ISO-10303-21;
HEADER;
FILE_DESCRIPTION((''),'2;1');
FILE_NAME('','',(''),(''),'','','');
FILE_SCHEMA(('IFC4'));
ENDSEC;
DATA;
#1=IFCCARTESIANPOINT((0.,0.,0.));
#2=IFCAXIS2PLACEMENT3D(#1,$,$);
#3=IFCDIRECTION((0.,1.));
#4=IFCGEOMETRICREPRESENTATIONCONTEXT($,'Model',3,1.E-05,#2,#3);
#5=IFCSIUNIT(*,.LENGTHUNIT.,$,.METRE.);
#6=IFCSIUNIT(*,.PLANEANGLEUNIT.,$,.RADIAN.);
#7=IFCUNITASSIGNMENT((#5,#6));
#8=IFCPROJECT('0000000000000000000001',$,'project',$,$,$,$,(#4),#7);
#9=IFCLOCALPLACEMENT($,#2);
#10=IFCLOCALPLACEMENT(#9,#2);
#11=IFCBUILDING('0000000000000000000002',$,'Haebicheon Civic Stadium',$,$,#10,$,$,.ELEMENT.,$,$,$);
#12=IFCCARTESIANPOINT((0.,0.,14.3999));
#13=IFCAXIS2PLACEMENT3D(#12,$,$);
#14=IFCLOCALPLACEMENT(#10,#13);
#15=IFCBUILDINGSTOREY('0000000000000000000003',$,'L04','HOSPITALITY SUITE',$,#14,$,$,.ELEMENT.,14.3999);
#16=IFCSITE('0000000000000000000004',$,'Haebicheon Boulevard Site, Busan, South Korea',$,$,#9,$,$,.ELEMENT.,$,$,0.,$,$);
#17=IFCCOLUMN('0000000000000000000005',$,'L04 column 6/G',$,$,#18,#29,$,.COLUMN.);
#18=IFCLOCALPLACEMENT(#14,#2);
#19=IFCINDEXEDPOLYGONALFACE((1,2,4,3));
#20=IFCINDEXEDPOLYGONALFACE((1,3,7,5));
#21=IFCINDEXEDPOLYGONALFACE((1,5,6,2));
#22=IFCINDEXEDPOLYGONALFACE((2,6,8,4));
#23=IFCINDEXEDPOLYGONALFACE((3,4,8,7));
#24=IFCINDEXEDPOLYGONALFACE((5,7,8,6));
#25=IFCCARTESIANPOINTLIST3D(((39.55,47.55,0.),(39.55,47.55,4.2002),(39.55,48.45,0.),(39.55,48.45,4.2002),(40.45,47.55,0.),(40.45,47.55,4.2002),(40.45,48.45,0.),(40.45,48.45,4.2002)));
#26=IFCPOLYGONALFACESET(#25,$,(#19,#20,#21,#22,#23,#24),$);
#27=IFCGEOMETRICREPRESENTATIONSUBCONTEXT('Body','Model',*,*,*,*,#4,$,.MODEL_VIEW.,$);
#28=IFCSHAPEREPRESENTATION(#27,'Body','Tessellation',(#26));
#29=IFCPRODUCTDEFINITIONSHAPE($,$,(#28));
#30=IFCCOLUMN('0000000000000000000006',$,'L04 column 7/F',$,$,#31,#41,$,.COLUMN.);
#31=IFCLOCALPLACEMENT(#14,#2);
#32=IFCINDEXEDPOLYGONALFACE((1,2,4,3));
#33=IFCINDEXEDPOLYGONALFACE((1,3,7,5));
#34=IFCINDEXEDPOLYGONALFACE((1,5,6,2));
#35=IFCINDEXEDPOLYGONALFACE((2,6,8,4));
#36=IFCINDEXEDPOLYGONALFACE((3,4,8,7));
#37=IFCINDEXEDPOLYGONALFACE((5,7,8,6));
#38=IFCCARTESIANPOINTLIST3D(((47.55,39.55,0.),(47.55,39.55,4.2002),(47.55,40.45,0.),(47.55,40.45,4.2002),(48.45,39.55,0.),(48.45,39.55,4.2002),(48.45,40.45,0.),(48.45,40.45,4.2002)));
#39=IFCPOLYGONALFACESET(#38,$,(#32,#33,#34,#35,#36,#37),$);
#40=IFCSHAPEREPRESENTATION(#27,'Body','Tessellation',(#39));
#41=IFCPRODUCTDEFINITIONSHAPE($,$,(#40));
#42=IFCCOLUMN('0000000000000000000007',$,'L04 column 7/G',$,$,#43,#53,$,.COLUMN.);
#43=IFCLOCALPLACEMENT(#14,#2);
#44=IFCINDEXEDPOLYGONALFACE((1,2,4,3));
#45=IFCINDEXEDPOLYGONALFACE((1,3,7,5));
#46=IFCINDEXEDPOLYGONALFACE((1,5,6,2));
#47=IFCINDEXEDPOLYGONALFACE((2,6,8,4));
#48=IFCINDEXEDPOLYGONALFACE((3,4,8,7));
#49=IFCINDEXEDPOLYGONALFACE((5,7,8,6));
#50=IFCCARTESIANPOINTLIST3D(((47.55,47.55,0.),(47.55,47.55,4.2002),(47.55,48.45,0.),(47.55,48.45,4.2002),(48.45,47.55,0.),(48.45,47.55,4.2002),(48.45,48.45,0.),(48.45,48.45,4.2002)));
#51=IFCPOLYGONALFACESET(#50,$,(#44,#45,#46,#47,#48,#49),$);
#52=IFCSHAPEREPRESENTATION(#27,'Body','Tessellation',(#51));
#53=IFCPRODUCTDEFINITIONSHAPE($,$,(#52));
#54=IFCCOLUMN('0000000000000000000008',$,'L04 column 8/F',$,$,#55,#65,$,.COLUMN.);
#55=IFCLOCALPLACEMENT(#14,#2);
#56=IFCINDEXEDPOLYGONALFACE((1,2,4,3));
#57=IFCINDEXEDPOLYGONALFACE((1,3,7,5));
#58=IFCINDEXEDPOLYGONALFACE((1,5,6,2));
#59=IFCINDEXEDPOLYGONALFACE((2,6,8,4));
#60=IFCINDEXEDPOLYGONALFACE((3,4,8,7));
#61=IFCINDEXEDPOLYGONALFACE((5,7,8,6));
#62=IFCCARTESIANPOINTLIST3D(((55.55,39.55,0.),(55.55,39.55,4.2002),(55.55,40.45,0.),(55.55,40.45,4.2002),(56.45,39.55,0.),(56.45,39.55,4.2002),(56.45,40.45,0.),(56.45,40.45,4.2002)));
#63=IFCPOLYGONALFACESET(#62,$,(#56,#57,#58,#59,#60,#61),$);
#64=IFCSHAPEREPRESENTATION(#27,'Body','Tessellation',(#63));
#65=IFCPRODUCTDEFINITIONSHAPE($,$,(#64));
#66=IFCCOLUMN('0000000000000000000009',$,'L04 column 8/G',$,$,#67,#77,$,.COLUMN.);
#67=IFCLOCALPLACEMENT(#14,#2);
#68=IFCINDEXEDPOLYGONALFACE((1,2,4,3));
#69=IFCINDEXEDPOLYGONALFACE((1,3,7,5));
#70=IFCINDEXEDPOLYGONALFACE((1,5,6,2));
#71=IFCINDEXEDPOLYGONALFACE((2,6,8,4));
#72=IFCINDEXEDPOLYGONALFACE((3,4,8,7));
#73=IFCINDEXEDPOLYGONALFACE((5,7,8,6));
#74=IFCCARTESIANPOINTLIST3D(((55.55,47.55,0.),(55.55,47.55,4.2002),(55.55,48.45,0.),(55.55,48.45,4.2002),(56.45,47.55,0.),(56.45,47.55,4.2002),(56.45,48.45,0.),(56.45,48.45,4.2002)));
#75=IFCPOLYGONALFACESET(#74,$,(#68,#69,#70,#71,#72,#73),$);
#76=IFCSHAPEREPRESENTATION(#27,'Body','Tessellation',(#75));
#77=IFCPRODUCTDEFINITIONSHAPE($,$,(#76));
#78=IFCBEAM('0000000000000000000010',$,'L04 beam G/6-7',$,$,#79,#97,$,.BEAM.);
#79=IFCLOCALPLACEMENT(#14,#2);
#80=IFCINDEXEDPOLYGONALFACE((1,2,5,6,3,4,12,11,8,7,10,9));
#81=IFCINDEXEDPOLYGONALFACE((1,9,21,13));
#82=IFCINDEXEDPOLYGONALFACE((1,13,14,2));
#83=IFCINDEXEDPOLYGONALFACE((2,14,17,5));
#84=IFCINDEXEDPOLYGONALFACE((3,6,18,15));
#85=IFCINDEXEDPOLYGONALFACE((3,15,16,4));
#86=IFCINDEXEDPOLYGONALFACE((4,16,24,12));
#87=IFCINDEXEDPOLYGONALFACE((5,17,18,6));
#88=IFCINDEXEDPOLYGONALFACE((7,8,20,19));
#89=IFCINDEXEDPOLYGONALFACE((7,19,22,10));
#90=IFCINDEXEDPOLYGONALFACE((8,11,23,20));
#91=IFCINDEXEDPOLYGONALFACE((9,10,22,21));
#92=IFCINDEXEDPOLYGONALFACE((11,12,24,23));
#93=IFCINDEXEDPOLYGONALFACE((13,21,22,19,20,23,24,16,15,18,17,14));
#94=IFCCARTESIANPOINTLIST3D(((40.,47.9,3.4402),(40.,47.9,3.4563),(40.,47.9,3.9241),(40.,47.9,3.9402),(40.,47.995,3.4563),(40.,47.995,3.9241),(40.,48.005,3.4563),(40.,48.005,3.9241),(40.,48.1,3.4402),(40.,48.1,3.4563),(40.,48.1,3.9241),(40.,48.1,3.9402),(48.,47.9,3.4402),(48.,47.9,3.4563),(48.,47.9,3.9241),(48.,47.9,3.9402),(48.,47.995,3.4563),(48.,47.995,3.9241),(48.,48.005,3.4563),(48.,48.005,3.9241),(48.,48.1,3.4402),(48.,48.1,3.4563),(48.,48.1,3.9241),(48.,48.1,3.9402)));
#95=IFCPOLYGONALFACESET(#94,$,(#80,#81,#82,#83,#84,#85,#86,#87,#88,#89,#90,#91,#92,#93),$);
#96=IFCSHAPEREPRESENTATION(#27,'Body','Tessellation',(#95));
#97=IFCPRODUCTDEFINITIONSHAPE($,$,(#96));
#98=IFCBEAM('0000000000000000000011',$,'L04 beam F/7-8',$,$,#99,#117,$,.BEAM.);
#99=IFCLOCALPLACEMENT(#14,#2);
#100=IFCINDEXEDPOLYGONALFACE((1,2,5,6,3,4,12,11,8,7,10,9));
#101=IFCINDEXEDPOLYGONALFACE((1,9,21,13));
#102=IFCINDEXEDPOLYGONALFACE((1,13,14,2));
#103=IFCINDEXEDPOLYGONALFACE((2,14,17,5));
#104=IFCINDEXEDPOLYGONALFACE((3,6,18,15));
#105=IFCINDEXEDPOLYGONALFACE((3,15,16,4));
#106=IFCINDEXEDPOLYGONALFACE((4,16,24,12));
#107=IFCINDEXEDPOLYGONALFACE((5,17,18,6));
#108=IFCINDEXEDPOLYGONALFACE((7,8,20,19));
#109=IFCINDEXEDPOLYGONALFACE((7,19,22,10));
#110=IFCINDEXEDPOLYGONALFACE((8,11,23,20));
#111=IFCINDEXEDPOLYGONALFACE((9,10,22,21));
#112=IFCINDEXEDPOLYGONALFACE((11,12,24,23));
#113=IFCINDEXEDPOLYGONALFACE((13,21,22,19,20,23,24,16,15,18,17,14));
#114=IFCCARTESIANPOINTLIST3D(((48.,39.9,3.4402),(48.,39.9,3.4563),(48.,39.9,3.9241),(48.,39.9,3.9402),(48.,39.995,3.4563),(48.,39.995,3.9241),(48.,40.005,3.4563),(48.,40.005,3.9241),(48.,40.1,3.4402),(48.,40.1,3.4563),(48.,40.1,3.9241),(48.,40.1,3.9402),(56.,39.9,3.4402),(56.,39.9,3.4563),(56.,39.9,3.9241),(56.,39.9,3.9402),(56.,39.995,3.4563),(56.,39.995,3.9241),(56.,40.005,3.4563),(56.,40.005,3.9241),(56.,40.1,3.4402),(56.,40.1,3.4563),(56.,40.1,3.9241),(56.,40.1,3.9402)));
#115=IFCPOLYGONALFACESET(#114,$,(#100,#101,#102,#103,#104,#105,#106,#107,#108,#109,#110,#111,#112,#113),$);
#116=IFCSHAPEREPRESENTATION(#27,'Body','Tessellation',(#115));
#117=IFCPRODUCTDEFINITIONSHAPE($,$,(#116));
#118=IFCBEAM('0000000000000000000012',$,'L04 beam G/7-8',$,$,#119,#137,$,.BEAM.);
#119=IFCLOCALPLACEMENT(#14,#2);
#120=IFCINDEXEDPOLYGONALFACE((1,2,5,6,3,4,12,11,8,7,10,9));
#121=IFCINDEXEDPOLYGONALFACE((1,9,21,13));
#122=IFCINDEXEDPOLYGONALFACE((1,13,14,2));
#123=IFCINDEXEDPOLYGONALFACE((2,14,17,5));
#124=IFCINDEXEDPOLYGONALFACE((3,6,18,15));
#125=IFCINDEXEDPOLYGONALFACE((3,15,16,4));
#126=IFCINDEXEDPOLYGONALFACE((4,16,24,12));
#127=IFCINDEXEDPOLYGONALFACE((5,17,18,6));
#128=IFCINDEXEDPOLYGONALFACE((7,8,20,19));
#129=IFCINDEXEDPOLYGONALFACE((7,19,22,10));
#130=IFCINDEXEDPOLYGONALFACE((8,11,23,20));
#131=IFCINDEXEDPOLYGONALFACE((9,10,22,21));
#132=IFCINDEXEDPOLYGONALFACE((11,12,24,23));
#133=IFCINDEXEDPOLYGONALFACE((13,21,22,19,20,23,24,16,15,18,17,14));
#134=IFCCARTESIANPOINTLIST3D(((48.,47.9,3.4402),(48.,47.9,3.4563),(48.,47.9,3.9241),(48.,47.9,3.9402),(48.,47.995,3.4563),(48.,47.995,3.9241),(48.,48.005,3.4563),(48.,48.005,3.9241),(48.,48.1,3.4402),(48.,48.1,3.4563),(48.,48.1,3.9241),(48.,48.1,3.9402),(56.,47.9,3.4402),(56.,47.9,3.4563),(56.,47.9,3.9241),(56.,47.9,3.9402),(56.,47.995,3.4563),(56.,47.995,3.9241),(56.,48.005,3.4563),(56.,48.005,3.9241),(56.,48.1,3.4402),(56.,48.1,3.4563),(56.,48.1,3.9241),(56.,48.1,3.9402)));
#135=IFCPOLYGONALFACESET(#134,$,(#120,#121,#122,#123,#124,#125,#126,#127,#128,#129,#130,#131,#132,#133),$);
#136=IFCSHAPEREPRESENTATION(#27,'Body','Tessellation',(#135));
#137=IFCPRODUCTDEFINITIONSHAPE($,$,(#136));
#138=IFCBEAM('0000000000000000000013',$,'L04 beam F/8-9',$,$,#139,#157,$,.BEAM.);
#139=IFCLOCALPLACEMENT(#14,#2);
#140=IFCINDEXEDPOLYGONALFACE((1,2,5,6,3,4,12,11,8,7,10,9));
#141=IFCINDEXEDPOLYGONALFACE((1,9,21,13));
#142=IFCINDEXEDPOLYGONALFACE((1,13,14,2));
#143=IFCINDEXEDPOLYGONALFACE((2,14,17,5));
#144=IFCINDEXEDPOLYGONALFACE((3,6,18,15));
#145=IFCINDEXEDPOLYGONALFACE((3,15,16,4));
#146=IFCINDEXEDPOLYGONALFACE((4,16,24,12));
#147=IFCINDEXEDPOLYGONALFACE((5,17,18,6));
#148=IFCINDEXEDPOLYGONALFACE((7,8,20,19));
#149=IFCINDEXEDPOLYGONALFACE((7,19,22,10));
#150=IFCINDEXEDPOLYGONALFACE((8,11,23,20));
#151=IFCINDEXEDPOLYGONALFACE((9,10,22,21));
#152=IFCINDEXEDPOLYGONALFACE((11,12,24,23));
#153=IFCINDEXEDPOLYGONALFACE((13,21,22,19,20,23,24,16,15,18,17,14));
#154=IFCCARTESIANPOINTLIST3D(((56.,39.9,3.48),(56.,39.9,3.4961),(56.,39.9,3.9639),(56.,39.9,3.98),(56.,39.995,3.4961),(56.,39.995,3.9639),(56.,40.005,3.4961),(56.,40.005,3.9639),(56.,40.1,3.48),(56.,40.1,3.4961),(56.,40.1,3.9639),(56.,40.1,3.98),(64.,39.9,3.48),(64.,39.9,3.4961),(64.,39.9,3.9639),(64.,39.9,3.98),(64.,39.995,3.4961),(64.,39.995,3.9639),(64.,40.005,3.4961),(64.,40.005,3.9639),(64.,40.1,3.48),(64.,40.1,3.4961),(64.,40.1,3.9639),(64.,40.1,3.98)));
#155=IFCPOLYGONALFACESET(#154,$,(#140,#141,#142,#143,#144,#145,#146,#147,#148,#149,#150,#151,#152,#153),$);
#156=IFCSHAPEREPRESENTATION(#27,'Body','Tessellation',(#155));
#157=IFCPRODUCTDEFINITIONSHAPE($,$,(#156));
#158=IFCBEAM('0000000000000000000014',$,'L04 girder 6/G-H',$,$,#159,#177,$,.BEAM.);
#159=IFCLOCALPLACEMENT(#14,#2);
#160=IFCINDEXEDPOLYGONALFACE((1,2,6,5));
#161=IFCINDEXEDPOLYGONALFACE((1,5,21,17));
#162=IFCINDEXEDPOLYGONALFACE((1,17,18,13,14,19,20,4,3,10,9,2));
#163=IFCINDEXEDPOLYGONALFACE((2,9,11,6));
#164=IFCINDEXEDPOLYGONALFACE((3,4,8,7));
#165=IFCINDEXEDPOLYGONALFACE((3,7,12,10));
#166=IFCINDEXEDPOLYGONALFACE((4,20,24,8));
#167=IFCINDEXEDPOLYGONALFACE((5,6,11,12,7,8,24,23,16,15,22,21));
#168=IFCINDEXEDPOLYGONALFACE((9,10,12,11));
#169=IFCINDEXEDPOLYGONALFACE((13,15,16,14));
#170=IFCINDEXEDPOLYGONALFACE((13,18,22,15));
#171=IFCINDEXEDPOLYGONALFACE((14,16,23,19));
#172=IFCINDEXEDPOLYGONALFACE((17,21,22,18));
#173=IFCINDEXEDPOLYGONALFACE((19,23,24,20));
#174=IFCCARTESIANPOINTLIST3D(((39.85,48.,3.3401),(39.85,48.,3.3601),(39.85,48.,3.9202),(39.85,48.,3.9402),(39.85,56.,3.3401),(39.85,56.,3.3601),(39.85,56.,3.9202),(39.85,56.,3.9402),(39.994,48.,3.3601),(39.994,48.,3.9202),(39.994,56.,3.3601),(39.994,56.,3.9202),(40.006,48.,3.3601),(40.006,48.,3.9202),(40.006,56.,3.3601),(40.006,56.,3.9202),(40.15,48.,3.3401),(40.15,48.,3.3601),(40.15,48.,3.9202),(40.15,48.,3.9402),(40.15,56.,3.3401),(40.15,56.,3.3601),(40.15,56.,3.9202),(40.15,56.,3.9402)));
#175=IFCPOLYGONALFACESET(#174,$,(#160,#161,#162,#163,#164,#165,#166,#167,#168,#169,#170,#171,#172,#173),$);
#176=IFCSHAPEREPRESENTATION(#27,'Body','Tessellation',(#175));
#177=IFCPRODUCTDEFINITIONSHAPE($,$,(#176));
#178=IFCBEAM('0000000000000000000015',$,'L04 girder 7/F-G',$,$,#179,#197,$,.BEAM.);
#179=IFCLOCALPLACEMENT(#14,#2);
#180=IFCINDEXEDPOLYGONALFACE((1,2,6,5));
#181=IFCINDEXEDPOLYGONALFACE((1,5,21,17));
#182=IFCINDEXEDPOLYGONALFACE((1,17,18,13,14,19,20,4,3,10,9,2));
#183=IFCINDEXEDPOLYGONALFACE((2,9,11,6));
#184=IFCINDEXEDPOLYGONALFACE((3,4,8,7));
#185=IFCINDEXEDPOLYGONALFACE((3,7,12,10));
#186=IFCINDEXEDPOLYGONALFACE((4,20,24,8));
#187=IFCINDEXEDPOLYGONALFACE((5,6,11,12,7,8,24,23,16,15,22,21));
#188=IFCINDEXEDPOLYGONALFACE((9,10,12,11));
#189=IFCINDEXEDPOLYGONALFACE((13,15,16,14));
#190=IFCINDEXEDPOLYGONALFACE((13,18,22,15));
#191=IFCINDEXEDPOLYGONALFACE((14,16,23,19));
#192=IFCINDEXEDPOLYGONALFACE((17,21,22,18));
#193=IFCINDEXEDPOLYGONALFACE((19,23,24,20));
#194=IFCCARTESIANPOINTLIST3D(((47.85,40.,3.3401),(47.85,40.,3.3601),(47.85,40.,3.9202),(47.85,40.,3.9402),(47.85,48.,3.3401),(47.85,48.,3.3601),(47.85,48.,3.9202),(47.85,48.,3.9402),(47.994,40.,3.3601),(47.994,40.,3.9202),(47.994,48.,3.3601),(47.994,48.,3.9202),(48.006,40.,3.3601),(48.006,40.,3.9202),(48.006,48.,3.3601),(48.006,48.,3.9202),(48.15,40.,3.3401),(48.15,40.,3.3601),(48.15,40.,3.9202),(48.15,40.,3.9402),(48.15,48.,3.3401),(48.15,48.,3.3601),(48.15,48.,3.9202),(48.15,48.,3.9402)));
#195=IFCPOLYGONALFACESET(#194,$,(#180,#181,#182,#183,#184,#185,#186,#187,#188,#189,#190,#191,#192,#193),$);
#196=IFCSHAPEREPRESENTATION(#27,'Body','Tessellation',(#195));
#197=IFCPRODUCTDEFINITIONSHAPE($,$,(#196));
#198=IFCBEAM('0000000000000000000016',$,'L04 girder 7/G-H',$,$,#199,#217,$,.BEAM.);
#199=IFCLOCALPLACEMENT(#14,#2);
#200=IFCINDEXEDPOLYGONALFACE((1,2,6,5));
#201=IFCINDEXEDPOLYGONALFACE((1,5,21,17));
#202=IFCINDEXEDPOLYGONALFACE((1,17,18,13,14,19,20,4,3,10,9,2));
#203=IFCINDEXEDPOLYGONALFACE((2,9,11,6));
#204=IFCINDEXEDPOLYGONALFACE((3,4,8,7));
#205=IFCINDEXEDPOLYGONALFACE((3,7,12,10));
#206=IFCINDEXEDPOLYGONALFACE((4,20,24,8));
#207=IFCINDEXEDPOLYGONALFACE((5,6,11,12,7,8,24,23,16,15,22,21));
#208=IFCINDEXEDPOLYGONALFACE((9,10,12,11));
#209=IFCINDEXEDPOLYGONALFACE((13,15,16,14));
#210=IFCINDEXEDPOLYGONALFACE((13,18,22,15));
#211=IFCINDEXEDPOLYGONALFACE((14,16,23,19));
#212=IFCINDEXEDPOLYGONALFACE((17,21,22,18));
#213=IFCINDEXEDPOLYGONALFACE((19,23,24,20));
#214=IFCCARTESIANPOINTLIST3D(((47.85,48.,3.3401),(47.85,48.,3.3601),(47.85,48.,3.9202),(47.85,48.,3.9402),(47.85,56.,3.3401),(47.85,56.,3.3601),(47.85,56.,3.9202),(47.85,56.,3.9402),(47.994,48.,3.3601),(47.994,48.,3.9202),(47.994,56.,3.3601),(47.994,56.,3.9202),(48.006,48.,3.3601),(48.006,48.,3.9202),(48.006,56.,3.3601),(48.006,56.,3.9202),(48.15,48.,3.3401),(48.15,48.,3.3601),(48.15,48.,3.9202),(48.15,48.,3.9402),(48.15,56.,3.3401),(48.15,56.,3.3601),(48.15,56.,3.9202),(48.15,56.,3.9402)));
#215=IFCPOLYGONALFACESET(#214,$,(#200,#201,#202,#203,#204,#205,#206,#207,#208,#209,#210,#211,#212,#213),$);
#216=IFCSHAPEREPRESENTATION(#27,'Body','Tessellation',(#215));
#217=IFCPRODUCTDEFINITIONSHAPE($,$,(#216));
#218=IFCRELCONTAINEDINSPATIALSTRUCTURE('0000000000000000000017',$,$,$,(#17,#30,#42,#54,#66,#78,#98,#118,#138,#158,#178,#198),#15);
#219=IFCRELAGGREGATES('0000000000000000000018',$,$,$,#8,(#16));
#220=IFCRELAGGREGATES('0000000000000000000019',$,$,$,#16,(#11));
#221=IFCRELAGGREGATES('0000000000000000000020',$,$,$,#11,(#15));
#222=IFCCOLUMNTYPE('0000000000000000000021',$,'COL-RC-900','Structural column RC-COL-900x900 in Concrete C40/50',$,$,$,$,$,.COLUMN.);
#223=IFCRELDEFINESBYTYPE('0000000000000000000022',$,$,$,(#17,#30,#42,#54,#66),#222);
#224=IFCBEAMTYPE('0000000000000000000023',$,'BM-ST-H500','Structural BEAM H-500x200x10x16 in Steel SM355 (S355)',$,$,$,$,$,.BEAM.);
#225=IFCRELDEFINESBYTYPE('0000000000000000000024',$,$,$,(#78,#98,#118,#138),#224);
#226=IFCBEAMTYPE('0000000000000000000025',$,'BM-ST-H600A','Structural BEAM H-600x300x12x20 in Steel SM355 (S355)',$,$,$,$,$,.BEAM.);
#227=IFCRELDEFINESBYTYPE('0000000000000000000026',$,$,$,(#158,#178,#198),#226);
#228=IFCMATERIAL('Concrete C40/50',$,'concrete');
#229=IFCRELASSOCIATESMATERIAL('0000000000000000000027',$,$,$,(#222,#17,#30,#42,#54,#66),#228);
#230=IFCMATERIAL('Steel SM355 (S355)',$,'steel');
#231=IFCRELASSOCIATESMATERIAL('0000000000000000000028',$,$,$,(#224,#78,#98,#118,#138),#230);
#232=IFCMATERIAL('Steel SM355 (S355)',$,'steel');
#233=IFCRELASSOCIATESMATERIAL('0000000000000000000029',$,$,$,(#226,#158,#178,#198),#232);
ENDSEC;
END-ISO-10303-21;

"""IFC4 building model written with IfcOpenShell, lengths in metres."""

from ifc_helpers import new_model, si_unit, direction, frame, origin, origin_2d, place, context, subcontext, project, spatial, rectangle, i_section, extrude, material, material_profile, profile_set, type_object, element, save


model = new_model("IFC4")

# Units and contexts
model_context = context("Model", 3, precision=1e-05, world=origin(), true_north=direction((0.0, 1.0)))
body_context = subcontext(model_context, "Body", "Model", "MODEL_VIEW")
ifc_project = project(units=[si_unit("LENGTHUNIT", "METRE"), si_unit("PLANEANGLEUNIT", "RADIAN")], contexts=[model_context])

# Site, building, storey
site_placement = place(None, origin())
site = spatial("IfcSite", under=ifc_project, at=site_placement, Name="Haebicheon Boulevard Site, Busan, South Korea", CompositionType="ELEMENT", RefElevation=0.0)
building_placement = place(site_placement, origin())
building = spatial("IfcBuilding", under=site, at=building_placement, Name="Haebicheon Civic Stadium", CompositionType="ELEMENT")
storey_placement = place(building_placement, frame((0.0, 0.0, 14.3999)))
storey = spatial("IfcBuildingStorey", under=building, at=storey_placement, Name="L04", Description="HOSPITALITY SUITE", CompositionType="ELEMENT", Elevation=14.3999)

# Columns
ifc_material_1 = material(Name="Concrete C40/50", Category="concrete")
ifc_material_profile_1 = material_profile(ifc_material_1, rectangle(XDim=0.8999, YDim=0.8999, at=origin_2d()), Name="RC-COL-900x900")
ifc_profile_set_1 = profile_set([ifc_material_profile_1], Name="Concrete C40/50")
column_type = type_object("IfcColumnType", Name="COL-RC-900", Description="Structural column RC-COL-900x900 in Concrete C40/50", PredefinedType="COLUMN", material=ifc_profile_set_1)
for number, where, z_axis, x_axis, name in (
    (1, (40.0, 48.0, 0.0), (0.0, 0.0, 1.0), (1.0, 0.0, 0.0), "L04 column 6/G"),
    (2, (48.0, 40.0, 0.0), (0.0, 0.0, 1.0), (1.0, 0.0, 0.0), "L04 column 7/F"),
    (3, (48.0, 48.0, 0.0), (0.0, 0.0, 1.0), (1.0, 0.0, 0.0), "L04 column 7/G"),
    (4, (56.0, 40.0, 0.0), (0.0, 0.0, 1.0), (1.0, 0.0, 0.0), "L04 column 8/F"),
    (5, (56.0, 48.0, 0.0), (0.0, 0.0, 1.0), (1.0, 0.0, 0.0), "L04 column 8/G"),
):
    element("IfcColumn", number, at=place(storey_placement, frame(where, z_axis=z_axis, x_axis=x_axis)), inside=storey, type_object=column_type, material=ifc_profile_set_1, Name=name, PredefinedType="COLUMN", context=body_context, shape_type="SweptSolid", body=[
        extrude(rectangle(XDim=0.8999, YDim=0.8999, at=origin_2d()), origin(), (0.0, 0.0, 1.0), 4.2002),
    ])

# Beams
ifc_material_2 = material(Name="Steel SM355 (S355)", Category="steel")
ifc_material_profile_2 = material_profile(ifc_material_2, i_section(OverallWidth=0.2, OverallDepth=0.5, WebThickness=0.01, FlangeThickness=0.0161, at=origin_2d()), Name="H-500x200x10x16")
ifc_profile_set_2 = profile_set([ifc_material_profile_2], Name="Steel SM355 (S355)")
beam_type_1 = type_object("IfcBeamType", Name="BM-ST-H500", Description="Structural BEAM H-500x200x10x16 in Steel SM355 (S355)", PredefinedType="BEAM", material=ifc_profile_set_2)
for number, where, z_axis, x_axis, name in (
    (6, (40.0, 48.0, 3.6902), (1.0, 0.0, 0.0), (0.0, 1.0, 0.0), "L04 beam G/6-7"),
    (7, (48.0, 40.0, 3.6902), (1.0, 0.0, 0.0), (0.0, 1.0, 0.0), "L04 beam F/7-8"),
    (8, (48.0, 48.0, 3.6902), (1.0, 0.0, 0.0), (0.0, 1.0, 0.0), "L04 beam G/7-8"),
    (9, (56.0, 40.0, 3.73), (1.0, 0.0, 0.0), (0.0, 1.0, 0.0), "L04 beam F/8-9"),
):
    element("IfcBeam", number, at=place(storey_placement, frame(where, z_axis=z_axis, x_axis=x_axis)), inside=storey, type_object=beam_type_1, material=ifc_profile_set_2, Name=name, PredefinedType="BEAM", context=body_context, shape_type="SweptSolid", body=[
        extrude(i_section(OverallWidth=0.2, OverallDepth=0.5, WebThickness=0.01, FlangeThickness=0.0161, at=origin_2d()), origin(), (0.0, 0.0, 1.0), 8.0),
    ])
ifc_material_3 = material(Name="Steel SM355 (S355)", Category="steel")
ifc_material_profile_3 = material_profile(ifc_material_3, i_section(OverallWidth=0.3, OverallDepth=0.6001, WebThickness=0.012, FlangeThickness=0.02, at=origin_2d()), Name="H-600x300x12x20")
ifc_profile_set_3 = profile_set([ifc_material_profile_3], Name="Steel SM355 (S355)")
beam_type_2 = type_object("IfcBeamType", Name="BM-ST-H600A", Description="Structural BEAM H-600x300x12x20 in Steel SM355 (S355)", PredefinedType="BEAM", material=ifc_profile_set_3)
for number, where, z_axis, x_axis, name in (
    (10, (40.0, 48.0, 3.6401), (0.0, 1.0, 0.0), (-1.0, 0.0, 0.0), "L04 girder 6/G-H"),
    (11, (48.0, 40.0, 3.6401), (0.0, 1.0, 0.0), (-1.0, 0.0, 0.0), "L04 girder 7/F-G"),
    (12, (48.0, 48.0, 3.6401), (0.0, 1.0, 0.0), (-1.0, 0.0, 0.0), "L04 girder 7/G-H"),
):
    element("IfcBeam", number, at=place(storey_placement, frame(where, z_axis=z_axis, x_axis=x_axis)), inside=storey, type_object=beam_type_2, material=ifc_profile_set_3, Name=name, PredefinedType="BEAM", context=body_context, shape_type="SweptSolid", body=[
        extrude(i_section(OverallWidth=0.3, OverallDepth=0.6001, WebThickness=0.012, FlangeThickness=0.02, at=origin_2d()), origin(), (0.0, 0.0, 1.0), 8.0),
    ])

save(model, "model.ifc")
